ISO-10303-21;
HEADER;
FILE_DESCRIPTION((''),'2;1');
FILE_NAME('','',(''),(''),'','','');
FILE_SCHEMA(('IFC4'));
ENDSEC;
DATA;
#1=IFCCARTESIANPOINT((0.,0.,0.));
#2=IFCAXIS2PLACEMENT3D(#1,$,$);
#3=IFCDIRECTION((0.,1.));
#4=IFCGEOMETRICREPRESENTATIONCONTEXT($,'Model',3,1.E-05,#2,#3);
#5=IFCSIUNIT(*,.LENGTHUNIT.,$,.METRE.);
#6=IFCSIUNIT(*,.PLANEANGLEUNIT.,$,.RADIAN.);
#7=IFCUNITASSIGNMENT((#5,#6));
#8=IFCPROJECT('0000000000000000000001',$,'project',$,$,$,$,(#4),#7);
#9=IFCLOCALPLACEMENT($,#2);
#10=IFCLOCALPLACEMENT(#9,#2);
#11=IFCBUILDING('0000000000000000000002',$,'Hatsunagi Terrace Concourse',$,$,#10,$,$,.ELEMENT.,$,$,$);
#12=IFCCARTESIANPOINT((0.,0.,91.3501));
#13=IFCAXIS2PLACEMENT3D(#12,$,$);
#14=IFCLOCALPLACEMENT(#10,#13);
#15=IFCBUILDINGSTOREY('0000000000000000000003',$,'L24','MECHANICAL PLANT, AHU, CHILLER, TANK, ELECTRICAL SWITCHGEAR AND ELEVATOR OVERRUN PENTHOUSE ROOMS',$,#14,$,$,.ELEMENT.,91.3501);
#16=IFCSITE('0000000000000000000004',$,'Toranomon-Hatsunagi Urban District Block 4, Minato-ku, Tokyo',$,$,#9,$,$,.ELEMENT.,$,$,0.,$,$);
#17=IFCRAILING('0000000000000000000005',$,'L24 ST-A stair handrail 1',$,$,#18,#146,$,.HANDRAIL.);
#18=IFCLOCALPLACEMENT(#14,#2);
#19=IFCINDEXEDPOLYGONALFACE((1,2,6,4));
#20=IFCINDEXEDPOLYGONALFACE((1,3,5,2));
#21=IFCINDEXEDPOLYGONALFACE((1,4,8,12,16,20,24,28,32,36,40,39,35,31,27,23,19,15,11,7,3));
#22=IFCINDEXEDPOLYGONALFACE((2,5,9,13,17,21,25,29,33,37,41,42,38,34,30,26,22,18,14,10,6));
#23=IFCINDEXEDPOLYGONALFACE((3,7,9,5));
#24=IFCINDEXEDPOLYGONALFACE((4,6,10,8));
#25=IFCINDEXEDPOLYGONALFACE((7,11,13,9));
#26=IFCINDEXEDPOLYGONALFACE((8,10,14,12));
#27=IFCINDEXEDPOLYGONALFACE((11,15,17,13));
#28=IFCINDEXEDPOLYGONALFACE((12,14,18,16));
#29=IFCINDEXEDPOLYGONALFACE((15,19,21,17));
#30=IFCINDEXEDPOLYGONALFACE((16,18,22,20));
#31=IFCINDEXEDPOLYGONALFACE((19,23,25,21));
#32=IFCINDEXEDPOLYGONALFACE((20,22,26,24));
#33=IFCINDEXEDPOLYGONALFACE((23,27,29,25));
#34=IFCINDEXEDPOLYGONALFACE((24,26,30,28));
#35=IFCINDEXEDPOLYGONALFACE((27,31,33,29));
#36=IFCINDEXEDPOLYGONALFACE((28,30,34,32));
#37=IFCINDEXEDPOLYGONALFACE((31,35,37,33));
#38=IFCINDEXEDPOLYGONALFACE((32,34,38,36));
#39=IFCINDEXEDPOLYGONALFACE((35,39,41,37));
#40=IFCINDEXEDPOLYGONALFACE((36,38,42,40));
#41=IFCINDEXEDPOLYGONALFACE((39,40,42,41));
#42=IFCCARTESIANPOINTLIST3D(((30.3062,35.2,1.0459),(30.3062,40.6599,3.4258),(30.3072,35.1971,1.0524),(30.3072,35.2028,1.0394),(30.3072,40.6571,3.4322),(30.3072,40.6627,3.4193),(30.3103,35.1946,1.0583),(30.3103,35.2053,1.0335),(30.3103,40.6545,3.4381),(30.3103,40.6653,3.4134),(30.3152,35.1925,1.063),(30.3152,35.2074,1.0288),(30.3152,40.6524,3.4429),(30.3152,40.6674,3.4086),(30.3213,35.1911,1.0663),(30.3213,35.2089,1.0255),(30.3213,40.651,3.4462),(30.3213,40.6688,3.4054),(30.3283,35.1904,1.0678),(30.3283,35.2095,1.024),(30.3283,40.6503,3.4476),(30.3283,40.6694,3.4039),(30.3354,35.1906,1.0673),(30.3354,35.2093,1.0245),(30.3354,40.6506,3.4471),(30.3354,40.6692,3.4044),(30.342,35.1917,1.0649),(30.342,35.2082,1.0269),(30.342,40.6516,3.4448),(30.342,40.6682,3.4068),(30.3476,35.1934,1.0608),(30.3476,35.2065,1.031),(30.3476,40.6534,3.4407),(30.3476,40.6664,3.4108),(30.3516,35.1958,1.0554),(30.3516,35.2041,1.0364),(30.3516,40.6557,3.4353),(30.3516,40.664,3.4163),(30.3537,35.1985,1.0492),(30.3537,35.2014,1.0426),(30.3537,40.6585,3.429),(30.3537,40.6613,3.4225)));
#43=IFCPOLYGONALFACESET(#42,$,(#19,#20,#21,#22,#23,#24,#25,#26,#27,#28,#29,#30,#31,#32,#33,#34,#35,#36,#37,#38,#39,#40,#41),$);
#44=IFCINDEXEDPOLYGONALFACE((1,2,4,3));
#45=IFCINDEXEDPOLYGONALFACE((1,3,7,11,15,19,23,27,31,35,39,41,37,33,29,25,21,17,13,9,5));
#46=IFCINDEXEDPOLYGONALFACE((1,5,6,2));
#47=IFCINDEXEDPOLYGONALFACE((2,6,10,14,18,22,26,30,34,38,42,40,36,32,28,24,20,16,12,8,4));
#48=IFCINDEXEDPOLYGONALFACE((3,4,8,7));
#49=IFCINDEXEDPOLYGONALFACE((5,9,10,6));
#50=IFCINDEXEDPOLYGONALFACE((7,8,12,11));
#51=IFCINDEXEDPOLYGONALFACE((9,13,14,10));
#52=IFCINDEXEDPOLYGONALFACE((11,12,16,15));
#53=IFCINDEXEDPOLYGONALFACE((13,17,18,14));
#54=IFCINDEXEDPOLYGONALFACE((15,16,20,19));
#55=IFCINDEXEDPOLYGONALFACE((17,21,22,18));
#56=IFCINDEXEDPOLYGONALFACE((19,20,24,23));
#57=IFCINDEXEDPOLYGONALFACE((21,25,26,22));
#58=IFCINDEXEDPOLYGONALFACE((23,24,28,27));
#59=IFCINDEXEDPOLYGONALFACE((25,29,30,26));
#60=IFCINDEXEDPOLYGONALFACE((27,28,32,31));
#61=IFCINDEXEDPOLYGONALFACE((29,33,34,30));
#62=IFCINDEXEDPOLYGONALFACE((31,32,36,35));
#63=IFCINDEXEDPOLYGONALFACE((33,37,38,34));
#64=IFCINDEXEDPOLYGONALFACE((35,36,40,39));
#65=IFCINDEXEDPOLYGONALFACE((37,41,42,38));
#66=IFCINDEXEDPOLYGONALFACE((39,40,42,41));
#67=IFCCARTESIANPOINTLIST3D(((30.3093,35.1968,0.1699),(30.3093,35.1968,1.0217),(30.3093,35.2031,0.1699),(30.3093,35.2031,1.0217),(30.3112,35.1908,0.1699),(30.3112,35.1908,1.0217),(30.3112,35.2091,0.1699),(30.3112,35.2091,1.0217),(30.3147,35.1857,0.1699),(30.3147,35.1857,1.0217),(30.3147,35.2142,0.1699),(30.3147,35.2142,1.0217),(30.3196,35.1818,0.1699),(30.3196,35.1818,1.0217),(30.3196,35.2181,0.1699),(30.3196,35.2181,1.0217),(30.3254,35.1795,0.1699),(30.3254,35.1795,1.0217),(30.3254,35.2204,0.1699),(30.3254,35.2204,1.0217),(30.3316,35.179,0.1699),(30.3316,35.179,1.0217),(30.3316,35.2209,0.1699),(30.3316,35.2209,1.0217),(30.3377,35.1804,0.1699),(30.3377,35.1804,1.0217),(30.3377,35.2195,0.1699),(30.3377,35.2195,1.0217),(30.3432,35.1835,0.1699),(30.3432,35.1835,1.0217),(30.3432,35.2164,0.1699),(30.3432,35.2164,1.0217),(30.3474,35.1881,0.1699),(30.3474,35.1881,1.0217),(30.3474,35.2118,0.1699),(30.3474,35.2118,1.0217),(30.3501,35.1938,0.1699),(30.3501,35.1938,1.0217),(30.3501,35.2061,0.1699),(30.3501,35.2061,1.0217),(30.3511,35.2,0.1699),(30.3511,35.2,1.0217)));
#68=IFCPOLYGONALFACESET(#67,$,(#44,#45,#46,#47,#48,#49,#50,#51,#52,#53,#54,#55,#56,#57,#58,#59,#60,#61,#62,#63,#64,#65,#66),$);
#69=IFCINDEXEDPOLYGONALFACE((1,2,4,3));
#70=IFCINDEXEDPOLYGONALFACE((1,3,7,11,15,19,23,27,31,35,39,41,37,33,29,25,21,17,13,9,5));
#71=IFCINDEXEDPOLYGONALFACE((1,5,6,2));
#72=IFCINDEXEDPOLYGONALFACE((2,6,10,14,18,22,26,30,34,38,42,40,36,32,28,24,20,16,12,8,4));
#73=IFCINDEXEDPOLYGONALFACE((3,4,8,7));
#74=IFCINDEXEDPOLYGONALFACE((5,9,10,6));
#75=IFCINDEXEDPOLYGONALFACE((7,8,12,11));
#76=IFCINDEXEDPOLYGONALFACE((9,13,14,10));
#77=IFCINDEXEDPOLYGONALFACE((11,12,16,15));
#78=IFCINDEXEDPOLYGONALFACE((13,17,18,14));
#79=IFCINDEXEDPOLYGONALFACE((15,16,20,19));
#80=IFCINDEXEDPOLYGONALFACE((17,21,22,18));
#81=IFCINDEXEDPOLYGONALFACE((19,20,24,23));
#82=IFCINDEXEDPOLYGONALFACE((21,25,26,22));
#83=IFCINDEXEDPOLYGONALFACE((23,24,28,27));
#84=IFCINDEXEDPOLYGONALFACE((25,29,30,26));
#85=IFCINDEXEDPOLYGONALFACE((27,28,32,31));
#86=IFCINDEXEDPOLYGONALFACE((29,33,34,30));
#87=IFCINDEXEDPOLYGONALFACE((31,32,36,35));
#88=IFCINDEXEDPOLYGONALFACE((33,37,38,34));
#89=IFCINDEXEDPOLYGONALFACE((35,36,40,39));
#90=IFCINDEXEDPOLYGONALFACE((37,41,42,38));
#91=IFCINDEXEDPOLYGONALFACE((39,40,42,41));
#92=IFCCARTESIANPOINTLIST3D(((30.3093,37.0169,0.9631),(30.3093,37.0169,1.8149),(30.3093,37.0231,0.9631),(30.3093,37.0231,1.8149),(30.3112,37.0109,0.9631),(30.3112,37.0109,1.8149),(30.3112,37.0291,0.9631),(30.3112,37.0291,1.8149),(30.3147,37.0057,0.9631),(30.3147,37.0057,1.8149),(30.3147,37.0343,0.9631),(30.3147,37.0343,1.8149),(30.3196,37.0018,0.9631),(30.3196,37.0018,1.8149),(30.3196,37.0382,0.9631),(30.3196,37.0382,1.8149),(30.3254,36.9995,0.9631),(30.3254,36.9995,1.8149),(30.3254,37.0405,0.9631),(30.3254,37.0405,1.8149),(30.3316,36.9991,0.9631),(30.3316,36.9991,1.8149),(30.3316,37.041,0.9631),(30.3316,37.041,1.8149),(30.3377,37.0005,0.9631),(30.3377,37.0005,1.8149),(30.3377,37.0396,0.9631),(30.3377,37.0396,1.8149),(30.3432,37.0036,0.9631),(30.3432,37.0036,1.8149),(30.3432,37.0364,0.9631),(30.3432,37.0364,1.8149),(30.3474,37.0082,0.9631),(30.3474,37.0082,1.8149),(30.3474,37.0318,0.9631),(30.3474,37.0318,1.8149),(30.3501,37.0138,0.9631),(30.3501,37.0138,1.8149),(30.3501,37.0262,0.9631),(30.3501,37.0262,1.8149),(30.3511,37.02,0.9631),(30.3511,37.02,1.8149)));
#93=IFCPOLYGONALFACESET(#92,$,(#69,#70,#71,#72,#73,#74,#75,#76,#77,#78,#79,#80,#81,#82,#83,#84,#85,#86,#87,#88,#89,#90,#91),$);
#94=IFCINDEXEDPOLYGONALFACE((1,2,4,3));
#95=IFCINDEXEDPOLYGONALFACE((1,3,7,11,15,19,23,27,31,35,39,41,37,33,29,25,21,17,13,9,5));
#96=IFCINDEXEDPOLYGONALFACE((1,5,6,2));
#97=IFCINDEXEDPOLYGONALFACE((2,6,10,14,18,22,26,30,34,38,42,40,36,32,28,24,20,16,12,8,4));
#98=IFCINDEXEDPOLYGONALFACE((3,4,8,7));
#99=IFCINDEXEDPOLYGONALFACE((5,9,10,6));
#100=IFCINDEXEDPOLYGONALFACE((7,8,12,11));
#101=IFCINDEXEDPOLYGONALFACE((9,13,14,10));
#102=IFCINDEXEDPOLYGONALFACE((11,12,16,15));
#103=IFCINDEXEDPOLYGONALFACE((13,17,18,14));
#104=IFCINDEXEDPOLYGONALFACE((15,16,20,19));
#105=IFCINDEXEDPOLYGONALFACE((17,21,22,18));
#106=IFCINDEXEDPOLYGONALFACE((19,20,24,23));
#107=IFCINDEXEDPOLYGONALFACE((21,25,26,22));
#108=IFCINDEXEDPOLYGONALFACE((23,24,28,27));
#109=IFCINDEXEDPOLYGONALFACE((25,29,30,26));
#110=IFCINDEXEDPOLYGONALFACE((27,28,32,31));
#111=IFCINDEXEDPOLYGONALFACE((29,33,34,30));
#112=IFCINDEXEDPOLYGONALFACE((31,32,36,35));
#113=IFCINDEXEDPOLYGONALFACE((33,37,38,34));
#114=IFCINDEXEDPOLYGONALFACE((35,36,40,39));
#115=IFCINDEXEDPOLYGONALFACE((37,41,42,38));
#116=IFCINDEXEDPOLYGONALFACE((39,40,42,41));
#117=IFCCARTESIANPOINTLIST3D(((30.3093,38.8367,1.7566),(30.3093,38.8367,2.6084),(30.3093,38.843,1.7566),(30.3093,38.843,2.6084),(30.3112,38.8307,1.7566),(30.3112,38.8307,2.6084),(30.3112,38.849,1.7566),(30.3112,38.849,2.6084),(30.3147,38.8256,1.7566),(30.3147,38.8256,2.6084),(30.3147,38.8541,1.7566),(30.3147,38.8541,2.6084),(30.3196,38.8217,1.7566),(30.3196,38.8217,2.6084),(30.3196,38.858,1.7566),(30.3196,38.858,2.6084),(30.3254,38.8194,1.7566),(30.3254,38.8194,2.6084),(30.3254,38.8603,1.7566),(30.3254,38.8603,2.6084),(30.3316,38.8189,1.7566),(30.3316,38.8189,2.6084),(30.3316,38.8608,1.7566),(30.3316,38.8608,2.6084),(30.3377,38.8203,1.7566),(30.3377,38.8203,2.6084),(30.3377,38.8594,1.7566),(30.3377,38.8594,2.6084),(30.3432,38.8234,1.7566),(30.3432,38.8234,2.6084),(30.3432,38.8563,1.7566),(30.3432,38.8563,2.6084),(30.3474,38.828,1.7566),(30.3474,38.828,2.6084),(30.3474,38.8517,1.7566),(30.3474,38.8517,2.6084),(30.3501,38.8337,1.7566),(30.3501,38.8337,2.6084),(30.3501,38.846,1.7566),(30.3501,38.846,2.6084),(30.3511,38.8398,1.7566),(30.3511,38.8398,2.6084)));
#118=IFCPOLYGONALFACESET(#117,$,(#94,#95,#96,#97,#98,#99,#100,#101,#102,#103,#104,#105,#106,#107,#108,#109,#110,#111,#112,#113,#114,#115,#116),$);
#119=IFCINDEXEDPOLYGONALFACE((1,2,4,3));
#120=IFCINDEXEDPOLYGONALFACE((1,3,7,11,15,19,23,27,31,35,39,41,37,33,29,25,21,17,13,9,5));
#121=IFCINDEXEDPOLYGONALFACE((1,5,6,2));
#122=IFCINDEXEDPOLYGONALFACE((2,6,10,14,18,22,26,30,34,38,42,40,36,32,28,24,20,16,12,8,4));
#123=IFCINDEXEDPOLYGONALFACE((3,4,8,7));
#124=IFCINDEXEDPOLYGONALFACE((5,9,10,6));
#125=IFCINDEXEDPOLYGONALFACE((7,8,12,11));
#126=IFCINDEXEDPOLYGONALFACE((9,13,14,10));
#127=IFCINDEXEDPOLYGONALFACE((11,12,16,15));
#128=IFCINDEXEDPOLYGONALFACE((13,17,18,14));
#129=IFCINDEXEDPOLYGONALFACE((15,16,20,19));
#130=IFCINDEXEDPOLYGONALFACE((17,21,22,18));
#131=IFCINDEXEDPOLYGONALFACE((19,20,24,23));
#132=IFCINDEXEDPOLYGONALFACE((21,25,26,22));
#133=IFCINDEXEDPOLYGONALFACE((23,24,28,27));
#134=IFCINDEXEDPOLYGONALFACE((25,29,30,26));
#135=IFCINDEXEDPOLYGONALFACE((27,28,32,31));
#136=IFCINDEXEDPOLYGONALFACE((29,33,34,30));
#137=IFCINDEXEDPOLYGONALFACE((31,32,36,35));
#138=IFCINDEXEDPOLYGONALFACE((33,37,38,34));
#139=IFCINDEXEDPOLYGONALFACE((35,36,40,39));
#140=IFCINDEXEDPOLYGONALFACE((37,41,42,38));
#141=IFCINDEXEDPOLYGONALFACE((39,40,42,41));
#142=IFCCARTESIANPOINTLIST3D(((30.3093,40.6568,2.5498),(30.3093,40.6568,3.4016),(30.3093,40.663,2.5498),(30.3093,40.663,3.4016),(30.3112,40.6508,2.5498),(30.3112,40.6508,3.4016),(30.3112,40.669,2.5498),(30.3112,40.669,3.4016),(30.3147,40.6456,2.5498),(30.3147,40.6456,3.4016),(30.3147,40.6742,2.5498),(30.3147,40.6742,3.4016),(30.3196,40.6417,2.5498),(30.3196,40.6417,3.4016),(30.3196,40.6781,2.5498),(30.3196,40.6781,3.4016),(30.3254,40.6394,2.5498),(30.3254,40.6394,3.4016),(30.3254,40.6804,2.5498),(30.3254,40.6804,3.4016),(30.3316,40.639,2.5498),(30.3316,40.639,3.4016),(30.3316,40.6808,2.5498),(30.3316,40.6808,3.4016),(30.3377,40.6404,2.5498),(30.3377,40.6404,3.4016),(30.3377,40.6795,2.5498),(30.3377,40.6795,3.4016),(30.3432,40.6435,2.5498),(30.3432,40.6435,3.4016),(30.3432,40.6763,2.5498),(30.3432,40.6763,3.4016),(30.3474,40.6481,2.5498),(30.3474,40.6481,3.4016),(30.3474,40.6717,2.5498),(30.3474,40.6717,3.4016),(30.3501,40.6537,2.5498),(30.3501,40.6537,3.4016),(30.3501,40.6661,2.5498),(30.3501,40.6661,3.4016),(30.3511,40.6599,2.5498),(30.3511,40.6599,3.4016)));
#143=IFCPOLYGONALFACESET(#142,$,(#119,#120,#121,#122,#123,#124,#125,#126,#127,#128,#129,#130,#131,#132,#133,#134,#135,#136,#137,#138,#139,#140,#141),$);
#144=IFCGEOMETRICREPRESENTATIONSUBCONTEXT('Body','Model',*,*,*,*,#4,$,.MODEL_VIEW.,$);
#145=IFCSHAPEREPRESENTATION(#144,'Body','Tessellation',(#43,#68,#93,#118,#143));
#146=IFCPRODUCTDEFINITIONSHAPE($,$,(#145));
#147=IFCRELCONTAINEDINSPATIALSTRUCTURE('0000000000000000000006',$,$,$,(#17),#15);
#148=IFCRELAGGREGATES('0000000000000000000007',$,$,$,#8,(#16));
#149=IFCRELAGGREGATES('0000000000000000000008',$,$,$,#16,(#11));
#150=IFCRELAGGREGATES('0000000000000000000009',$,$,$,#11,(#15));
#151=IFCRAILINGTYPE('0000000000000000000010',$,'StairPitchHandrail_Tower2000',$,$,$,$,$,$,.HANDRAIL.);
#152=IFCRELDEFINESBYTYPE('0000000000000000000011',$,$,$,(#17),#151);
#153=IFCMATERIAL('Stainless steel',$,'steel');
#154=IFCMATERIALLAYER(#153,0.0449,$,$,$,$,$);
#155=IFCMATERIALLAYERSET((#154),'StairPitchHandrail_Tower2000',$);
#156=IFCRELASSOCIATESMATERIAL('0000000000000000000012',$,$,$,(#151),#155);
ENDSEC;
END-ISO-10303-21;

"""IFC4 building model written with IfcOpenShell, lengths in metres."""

from ifc_helpers import new_model, si_unit, direction, frame, origin, origin_2d, place, context, subcontext, project, spatial, circle, extrude, material, layer, layer_set, type_object, element, save


model = new_model("IFC4")

# Units and contexts
model_context = context("Model", 3, precision=1e-05, world=origin(), true_north=direction((0.0, 1.0)))
body_context = subcontext(model_context, "Body", "Model", "MODEL_VIEW")
ifc_project = project(units=[si_unit("LENGTHUNIT", "METRE"), si_unit("PLANEANGLEUNIT", "RADIAN")], contexts=[model_context])

# Site, building, storey
site_placement = place(None, origin())
site = spatial("IfcSite", under=ifc_project, at=site_placement, Name="Toranomon-Hatsunagi Urban District Block 4, Minato-ku, Tokyo", CompositionType="ELEMENT", RefElevation=0.0)
building_placement = place(site_placement, origin())
building = spatial("IfcBuilding", under=site, at=building_placement, Name="Hatsunagi Terrace Concourse", CompositionType="ELEMENT")
storey_placement = place(building_placement, frame((0.0, 0.0, 91.3501)))
storey = spatial("IfcBuildingStorey", under=building, at=storey_placement, Name="L24", Description="MECHANICAL PLANT, AHU, CHILLER, TANK, ELECTRICAL SWITCHGEAR AND ELEVATOR OVERRUN PENTHOUSE ROOMS", CompositionType="ELEMENT", Elevation=91.3501)

# Railing
ifc_material_1 = material(Name="Stainless steel", Category="steel")
ifc_layer_1 = layer(ifc_material_1, 0.0449)
ifc_layer_set_1 = layer_set([ifc_layer_1], Name="StairPitchHandrail_Tower2000")
railing_type_1 = type_object("IfcRailingType", Name="StairPitchHandrail_Tower2000", PredefinedType="HANDRAIL", material=ifc_layer_set_1)
railing_1_placement = place(storey_placement, frame((30.3301, 35.2, 0.1699)))
element("IfcRailing", 1, at=railing_1_placement, inside=storey, type_object=railing_type_1, Name="L24 ST-A stair handrail 1", PredefinedType="HANDRAIL", context=body_context, shape_type="SweptSolid", body=[
    extrude(circle(Radius=0.0239, at=origin_2d()), frame((0.0, 0.0, 0.876), z_axis=(0.0, 0.916702, 0.399571), x_axis=(-1.0, 0.0, 0.0)), (0.0, 0.0, 1.0), 5.9561),
    extrude(circle(Radius=0.021, at=origin_2d()), origin(), (0.0, 0.0, 1.0), 0.8518),
    extrude(circle(Radius=0.021, at=origin_2d()), frame((0.0, 1.8201, 0.7932)), (0.0, 0.0, 1.0), 0.8518),
    extrude(circle(Radius=0.021, at=origin_2d()), frame((0.0, 3.6399, 1.5867)), (0.0, 0.0, 1.0), 0.8518),
    extrude(circle(Radius=0.021, at=origin_2d()), frame((0.0, 5.46, 2.3799)), (0.0, 0.0, 1.0), 0.8518),
])

save(model, "model.ifc")
